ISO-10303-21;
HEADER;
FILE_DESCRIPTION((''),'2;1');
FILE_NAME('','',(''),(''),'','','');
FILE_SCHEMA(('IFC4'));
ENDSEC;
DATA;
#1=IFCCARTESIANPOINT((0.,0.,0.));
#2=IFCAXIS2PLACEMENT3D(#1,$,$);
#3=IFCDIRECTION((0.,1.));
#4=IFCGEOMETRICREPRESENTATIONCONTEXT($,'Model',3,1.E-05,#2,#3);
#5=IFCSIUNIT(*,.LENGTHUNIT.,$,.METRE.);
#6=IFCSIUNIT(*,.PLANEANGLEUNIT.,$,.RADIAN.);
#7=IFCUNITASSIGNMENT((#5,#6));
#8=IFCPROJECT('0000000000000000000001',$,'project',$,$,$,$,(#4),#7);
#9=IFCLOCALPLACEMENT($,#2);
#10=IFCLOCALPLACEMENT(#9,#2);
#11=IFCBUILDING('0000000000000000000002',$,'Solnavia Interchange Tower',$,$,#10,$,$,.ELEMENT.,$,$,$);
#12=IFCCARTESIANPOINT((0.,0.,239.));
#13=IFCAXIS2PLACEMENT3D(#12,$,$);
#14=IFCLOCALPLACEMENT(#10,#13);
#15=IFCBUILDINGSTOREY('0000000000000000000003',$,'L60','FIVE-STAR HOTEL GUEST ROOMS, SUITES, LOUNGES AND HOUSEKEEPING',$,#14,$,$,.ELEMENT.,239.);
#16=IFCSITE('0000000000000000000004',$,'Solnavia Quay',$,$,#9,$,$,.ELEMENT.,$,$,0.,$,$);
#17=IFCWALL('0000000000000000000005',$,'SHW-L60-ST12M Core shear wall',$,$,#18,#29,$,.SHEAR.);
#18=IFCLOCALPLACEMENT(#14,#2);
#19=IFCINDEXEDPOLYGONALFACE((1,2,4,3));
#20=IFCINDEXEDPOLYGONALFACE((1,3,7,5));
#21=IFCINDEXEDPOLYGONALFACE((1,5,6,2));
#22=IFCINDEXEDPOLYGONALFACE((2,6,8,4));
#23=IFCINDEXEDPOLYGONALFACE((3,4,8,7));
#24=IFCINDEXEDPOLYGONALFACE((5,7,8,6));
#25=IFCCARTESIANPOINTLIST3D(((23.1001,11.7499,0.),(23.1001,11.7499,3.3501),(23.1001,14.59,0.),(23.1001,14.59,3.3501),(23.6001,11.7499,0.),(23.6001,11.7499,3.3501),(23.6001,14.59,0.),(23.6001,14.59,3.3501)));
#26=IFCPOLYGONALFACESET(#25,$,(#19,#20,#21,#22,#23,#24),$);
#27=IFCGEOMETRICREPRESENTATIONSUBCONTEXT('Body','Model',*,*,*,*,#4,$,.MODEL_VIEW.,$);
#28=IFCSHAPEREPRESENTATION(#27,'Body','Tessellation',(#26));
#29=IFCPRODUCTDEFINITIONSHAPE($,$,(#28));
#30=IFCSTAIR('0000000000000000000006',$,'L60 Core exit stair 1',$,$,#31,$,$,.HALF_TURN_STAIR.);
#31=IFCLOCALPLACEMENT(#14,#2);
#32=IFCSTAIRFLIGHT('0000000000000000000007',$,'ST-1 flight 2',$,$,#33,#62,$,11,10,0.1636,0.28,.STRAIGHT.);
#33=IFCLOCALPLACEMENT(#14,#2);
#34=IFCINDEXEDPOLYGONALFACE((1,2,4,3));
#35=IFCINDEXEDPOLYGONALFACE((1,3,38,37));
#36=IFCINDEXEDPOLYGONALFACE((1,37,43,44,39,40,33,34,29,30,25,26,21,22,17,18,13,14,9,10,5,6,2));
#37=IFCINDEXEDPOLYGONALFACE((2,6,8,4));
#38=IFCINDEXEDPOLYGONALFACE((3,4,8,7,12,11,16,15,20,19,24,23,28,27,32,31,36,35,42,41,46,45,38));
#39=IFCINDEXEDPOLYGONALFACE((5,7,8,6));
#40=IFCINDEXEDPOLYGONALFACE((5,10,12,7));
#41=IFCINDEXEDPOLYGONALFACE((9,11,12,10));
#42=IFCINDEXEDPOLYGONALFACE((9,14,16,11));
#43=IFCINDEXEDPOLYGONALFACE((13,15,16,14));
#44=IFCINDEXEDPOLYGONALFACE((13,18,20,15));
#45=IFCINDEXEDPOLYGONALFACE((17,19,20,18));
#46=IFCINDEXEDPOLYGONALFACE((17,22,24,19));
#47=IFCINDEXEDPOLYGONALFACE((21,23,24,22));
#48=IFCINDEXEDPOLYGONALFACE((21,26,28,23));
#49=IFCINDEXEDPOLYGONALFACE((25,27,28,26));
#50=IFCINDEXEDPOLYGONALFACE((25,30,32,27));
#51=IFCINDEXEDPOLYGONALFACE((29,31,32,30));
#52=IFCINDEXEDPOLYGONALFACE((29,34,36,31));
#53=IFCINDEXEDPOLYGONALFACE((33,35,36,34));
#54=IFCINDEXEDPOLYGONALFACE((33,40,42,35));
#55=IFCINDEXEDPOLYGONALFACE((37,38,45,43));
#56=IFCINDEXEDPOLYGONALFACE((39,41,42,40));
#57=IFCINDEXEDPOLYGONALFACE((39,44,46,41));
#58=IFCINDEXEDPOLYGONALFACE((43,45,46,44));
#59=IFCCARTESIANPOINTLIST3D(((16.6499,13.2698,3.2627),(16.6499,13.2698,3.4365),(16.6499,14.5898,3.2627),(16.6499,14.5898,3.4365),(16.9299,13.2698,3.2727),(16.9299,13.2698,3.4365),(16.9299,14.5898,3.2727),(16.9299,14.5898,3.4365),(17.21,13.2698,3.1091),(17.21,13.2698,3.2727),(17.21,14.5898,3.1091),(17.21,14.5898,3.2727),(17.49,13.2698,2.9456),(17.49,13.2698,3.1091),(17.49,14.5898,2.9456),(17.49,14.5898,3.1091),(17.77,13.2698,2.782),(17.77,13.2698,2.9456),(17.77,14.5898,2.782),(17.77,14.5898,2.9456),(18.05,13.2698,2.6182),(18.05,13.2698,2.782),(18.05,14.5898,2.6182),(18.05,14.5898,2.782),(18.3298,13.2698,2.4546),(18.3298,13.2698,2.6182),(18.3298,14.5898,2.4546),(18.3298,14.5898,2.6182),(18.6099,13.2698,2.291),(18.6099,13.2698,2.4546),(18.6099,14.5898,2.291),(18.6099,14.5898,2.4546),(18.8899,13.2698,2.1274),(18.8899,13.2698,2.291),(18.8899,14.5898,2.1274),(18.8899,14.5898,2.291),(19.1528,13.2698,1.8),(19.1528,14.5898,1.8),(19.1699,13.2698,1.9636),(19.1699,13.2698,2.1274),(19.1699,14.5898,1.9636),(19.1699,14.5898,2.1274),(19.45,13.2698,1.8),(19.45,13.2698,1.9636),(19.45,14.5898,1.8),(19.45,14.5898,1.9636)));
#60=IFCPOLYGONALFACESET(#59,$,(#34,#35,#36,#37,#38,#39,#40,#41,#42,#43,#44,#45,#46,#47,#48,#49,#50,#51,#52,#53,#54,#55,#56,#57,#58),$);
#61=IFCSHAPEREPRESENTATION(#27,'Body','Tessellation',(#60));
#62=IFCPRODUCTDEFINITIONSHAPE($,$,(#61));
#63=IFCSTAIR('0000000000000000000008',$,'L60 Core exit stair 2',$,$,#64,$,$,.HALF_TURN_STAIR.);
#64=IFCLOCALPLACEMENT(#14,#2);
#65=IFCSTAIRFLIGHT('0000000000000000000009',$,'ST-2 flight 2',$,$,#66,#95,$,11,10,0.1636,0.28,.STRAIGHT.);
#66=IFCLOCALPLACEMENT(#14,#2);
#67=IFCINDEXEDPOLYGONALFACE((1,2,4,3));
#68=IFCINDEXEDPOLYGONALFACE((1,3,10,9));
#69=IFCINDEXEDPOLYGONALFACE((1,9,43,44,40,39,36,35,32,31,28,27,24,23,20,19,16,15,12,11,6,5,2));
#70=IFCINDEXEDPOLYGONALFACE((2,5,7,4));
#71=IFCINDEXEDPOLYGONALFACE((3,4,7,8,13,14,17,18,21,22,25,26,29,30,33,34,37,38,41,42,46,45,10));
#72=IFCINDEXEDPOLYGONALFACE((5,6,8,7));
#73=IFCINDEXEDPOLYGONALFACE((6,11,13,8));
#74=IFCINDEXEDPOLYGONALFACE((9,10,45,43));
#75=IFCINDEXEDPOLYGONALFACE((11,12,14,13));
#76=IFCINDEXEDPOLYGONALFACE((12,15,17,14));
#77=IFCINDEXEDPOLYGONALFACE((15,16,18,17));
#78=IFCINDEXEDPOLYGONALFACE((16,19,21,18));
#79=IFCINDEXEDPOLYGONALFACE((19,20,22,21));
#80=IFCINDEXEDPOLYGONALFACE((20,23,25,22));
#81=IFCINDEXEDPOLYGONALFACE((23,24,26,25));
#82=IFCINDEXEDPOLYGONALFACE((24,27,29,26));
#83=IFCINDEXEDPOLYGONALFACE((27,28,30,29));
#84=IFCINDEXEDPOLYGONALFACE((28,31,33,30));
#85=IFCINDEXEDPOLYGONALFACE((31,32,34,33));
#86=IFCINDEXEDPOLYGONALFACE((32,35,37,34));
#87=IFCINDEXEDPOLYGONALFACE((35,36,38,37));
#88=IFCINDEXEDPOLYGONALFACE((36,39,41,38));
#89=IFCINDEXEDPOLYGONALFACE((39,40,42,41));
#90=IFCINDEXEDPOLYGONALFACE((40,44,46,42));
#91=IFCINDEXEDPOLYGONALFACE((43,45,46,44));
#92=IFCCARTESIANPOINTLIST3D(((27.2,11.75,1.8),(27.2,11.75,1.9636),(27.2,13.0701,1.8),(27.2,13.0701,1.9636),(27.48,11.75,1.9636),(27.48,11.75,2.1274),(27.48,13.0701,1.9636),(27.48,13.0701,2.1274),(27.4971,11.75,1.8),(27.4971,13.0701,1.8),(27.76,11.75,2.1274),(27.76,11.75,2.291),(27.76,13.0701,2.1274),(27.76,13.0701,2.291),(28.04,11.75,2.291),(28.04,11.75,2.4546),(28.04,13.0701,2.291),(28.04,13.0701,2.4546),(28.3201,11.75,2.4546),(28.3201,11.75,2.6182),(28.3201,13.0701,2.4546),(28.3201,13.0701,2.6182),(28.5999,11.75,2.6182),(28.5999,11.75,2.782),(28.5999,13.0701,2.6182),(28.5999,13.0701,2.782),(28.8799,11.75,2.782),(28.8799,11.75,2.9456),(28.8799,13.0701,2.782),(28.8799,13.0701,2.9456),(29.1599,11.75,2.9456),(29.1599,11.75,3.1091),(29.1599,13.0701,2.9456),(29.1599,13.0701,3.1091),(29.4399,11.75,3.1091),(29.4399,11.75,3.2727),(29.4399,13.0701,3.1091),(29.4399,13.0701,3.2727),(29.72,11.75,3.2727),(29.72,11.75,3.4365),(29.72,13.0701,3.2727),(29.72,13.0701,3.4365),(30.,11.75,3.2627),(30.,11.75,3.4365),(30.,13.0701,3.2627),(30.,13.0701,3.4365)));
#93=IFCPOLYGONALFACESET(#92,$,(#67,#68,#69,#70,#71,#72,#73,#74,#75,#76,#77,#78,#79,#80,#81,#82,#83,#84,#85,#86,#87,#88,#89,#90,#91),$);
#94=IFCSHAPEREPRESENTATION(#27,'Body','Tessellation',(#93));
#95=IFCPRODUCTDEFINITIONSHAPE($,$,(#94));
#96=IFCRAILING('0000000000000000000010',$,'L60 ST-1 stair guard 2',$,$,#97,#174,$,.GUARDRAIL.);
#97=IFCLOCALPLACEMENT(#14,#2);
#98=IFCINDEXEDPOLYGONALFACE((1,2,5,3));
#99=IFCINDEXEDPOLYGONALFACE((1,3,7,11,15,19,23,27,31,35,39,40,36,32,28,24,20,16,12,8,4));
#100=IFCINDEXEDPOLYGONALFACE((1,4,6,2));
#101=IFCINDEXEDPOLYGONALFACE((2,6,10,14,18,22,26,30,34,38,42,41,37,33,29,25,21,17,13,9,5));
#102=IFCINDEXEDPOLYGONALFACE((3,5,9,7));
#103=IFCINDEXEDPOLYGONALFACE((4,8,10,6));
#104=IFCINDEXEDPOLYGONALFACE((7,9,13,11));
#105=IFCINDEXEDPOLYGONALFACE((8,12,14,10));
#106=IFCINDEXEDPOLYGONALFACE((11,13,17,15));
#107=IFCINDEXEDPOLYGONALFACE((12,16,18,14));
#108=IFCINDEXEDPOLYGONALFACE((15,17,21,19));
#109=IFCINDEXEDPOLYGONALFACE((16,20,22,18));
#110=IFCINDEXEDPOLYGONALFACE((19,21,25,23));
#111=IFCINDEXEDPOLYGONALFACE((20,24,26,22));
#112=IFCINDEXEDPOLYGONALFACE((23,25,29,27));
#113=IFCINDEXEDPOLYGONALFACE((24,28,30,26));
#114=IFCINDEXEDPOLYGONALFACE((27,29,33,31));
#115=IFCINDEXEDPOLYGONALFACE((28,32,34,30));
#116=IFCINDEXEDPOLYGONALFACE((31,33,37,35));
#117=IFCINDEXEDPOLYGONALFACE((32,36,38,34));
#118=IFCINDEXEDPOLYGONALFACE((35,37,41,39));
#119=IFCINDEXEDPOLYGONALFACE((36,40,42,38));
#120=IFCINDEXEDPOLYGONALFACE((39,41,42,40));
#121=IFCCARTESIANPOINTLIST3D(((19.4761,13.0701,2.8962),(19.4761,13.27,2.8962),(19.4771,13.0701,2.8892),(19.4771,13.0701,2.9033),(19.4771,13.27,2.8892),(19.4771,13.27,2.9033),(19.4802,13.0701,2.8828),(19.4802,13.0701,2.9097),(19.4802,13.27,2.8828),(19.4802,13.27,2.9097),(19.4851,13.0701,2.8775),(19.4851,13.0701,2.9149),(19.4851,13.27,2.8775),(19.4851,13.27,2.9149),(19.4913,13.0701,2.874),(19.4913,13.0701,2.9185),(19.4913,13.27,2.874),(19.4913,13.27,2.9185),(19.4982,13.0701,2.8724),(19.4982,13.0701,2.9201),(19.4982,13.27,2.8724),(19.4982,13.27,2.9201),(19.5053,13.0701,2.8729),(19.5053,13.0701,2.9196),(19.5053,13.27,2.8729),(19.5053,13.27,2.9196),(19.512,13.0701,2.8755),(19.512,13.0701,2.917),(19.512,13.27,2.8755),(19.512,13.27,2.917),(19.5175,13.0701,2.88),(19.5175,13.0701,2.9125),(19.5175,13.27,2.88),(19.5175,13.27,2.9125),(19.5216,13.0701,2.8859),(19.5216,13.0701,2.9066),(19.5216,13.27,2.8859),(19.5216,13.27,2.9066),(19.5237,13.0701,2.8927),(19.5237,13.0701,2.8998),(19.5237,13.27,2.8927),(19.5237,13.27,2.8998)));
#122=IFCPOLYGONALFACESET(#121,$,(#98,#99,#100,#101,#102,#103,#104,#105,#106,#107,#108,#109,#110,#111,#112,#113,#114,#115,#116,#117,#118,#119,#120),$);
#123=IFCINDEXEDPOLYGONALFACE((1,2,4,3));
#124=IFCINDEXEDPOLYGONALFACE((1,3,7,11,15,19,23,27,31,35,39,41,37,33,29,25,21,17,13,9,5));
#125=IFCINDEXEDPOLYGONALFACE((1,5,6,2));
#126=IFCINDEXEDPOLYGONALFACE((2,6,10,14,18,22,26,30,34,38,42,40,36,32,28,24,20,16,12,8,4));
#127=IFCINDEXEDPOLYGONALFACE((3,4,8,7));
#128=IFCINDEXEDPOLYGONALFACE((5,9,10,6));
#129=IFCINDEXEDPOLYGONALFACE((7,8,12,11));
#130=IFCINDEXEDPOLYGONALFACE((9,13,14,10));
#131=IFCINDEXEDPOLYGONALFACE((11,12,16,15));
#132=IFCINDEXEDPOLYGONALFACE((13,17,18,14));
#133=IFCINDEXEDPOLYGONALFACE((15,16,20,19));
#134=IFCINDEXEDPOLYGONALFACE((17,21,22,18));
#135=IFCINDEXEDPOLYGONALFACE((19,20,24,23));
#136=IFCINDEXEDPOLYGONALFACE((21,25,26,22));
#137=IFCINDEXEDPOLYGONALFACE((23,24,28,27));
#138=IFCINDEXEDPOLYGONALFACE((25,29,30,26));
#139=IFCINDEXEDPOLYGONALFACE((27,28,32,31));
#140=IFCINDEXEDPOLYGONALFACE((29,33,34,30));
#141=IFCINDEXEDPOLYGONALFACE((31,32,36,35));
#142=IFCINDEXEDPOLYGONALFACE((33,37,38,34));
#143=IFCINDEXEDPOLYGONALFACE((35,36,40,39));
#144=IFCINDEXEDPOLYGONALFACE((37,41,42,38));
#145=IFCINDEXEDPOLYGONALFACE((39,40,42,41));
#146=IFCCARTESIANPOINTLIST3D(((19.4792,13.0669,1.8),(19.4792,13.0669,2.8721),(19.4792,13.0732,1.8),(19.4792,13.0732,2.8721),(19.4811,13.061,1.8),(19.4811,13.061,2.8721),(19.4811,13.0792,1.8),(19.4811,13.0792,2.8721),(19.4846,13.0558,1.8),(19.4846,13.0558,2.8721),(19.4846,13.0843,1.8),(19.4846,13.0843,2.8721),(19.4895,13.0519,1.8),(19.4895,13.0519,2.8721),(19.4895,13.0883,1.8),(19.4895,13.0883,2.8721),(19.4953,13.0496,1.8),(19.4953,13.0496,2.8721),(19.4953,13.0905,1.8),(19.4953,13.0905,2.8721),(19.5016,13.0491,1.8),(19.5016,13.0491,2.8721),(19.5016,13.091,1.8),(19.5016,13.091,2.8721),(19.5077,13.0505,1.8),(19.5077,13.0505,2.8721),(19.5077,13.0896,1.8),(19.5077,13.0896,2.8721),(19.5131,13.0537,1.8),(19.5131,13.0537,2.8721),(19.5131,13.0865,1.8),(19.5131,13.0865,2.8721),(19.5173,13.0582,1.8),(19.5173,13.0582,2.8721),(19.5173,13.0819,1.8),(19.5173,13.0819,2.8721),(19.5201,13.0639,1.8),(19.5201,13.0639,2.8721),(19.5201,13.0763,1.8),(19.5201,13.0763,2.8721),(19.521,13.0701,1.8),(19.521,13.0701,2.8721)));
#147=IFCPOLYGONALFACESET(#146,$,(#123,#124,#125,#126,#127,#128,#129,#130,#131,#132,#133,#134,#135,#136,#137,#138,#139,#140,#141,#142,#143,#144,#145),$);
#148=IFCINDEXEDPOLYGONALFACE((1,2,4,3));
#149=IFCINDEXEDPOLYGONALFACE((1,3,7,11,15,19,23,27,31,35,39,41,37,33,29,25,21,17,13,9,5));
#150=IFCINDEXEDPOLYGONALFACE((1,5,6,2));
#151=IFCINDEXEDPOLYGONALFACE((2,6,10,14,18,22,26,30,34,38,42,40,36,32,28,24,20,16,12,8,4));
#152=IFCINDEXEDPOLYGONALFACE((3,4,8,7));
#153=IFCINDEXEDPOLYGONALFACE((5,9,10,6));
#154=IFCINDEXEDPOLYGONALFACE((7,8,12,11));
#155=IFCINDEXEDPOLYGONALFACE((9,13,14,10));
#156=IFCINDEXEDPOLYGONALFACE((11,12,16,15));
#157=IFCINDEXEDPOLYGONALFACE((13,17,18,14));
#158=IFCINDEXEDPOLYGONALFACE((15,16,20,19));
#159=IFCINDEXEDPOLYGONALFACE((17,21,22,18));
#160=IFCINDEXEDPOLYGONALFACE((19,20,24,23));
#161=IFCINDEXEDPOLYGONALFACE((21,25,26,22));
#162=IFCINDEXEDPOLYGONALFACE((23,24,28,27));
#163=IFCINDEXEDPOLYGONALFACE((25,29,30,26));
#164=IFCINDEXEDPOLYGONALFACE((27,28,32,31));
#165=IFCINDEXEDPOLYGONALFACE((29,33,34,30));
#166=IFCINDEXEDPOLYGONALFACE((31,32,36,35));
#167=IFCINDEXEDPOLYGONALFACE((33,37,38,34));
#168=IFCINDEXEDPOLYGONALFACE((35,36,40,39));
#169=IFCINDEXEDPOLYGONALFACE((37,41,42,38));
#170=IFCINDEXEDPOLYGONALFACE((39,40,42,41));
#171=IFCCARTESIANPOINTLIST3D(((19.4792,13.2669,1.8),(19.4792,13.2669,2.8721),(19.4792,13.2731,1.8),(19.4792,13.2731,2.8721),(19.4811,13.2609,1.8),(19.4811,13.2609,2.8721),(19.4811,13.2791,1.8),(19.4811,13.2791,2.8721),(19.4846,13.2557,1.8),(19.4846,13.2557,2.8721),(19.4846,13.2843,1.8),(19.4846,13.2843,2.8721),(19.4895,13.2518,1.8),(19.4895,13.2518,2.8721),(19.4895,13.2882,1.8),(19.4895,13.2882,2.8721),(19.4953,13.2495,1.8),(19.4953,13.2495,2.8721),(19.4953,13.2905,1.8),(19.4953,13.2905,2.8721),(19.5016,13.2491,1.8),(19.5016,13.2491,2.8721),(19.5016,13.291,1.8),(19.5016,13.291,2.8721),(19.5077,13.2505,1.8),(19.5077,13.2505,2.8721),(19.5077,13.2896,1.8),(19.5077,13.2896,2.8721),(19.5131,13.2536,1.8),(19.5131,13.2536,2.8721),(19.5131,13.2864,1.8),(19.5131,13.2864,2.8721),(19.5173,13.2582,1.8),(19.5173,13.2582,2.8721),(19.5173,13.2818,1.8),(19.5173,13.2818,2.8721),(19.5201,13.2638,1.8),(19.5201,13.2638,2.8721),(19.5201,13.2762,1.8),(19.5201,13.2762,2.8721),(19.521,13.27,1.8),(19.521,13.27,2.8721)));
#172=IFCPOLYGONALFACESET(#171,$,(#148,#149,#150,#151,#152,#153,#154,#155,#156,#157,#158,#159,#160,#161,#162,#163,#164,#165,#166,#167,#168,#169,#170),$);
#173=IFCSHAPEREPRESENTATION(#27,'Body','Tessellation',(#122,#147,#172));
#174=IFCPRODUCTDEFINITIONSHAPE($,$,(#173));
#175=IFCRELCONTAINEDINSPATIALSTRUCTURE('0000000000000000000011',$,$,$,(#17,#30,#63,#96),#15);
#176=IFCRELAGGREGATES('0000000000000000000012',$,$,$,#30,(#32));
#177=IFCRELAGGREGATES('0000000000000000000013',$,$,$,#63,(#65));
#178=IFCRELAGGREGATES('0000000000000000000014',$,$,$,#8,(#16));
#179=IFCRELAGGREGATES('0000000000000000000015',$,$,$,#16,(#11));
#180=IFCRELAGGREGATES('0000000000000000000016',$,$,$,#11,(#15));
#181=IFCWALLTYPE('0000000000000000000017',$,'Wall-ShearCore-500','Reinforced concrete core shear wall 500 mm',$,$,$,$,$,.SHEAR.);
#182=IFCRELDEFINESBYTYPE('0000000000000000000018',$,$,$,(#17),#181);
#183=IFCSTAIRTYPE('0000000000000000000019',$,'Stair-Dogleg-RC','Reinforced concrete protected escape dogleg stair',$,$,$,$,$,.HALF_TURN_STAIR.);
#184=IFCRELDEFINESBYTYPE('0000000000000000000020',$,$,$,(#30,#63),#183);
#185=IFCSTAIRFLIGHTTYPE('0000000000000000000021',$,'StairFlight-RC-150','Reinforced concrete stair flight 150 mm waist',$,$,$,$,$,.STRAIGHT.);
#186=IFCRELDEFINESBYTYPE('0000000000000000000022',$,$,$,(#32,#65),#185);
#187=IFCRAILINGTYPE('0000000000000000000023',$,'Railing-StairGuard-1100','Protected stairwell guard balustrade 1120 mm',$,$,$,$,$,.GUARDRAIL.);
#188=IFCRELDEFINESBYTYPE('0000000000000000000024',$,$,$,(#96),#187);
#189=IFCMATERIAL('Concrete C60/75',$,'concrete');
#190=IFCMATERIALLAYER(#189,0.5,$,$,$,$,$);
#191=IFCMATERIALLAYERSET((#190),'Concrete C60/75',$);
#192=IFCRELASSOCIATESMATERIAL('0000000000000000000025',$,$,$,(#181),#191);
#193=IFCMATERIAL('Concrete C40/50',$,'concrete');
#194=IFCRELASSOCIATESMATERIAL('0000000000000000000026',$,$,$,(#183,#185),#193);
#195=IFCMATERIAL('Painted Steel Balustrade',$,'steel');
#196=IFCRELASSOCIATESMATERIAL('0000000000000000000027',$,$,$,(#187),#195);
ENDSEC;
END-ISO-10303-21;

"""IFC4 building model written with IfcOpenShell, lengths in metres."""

from ifc_helpers import new_model, si_unit, direction, frame, frame_2d, origin, origin_2d, place, context, subcontext, project, spatial, polyline, rectangle, circle, outline, extrude, material, layer, layer_set, type_object, element, aggregate, save


model = new_model("IFC4")

# Units and contexts
model_context = context("Model", 3, precision=1e-05, world=origin(), true_north=direction((0.0, 1.0)))
body_context = subcontext(model_context, "Body", "Model", "MODEL_VIEW")
ifc_project = project(units=[si_unit("LENGTHUNIT", "METRE"), si_unit("PLANEANGLEUNIT", "RADIAN")], contexts=[model_context])

# Site, building, storey
site_placement = place(None, origin())
site = spatial("IfcSite", under=ifc_project, at=site_placement, Name="Solnavia Quay", CompositionType="ELEMENT", RefElevation=0.0)
building_placement = place(site_placement, origin())
building = spatial("IfcBuilding", under=site, at=building_placement, Name="Solnavia Interchange Tower", CompositionType="ELEMENT")
storey_placement = place(building_placement, frame((0.0, 0.0, 239.0)))
storey = spatial("IfcBuildingStorey", under=building, at=storey_placement, Name="L60", Description="FIVE-STAR HOTEL GUEST ROOMS, SUITES, LOUNGES AND HOUSEKEEPING", CompositionType="ELEMENT", Elevation=239.0)

# Shared definitions
ifc_material_1 = material(Name="Concrete C40/50", Category="concrete")

# Wall
ifc_material_2 = material(Name="Concrete C60/75", Category="concrete")
ifc_layer_1 = layer(ifc_material_2, 0.5)
ifc_layer_set_1 = layer_set([ifc_layer_1], Name="Concrete C60/75")
wall_type_1 = type_object("IfcWallType", Name="Wall-ShearCore-500", Description="Reinforced concrete core shear wall 500 mm", PredefinedType="SHEAR", material=ifc_layer_set_1)
wall_1_placement = place(storey_placement, frame((23.3501, 11.75, 0.0), z_axis=(0.0, 0.0, 1.0), x_axis=(0.0, 1.0, 0.0)))
element("IfcWall", 1, at=wall_1_placement, inside=storey, type_object=wall_type_1, Name="SHW-L60-ST12M Core shear wall", PredefinedType="SHEAR", context=body_context, shape_type="SweptSolid", body=[
    extrude(rectangle(XDim=2.8401, YDim=0.5, at=frame_2d((1.4199, 0.0))), origin(), (0.0, 0.0, 1.0), 3.3501),
])

# Stairs, stair flights
stair_type = type_object("IfcStairType", Name="Stair-Dogleg-RC", Description="Reinforced concrete protected escape dogleg stair", PredefinedType="HALF_TURN_STAIR", material=ifc_material_1)
stair_1_placement = place(storey_placement, origin())
stair_1 = element("IfcStair", 2, at=stair_1_placement, inside=storey, type_object=stair_type, Name="L60 Core exit stair 1", PredefinedType="HALF_TURN_STAIR")
stair_flight_type = type_object("IfcStairFlightType", Name="StairFlight-RC-150", Description="Reinforced concrete stair flight 150 mm waist", PredefinedType="STRAIGHT", material=ifc_material_1)
stair_flight_1_placement = place(storey_placement, frame((19.45, 13.9299, 1.8), z_axis=(0.0, 0.0, 1.0), x_axis=(-1.0, 0.0, 0.0)))
stair_flight_1 = element("IfcStairFlight", 3, at=stair_flight_1_placement, type_object=stair_flight_type, Name="ST-1 flight 2", NumberOfRisers=11, NumberOfTreads=10, PredefinedType="STRAIGHT", RiserHeight=0.1636, TreadLength=0.28, context=body_context, shape_type="SweptSolid", body=[
    extrude(outline(polyline([(0.0, 0.0), (0.0, 0.1636), (0.28, 0.1636), (0.28, 0.3274), (0.5601, 0.3274), (0.5601, 0.491), (0.8401, 0.491), (0.8401, 0.6545), (1.1201, 0.6545), (1.1201, 0.8181), (1.3999, 0.8181), (1.3999, 0.9819), (1.6799, 0.9819), (1.6799, 1.1455), (1.96, 1.1455), (1.96, 1.3091), (2.24, 1.3091), (2.24, 1.4727), (2.52, 1.4727), (2.52, 1.6365), (2.8, 1.6365), (2.8, 1.8), (2.8, 1.4626), (0.2971, 0.0), (0.0, 0.0)])), frame((0.0, 0.6602, 0.0), z_axis=(0.0, -1.0, 0.0), x_axis=(1.0, 0.0, 0.0)), (0.0, 0.0, 1.0), 1.3201),
])
aggregate(stair_1, [stair_flight_1])
stair_2_placement = place(storey_placement, origin())
stair_2 = element("IfcStair", 4, at=stair_2_placement, inside=storey, type_object=stair_type, Name="L60 Core exit stair 2", PredefinedType="HALF_TURN_STAIR")
stair_flight_2_placement = place(storey_placement, frame((27.2, 12.4099, 1.8), z_axis=(0.0, 0.0, 1.0), x_axis=(1.0, 0.0, 0.0)))
stair_flight_2 = element("IfcStairFlight", 5, at=stair_flight_2_placement, type_object=stair_flight_type, Name="ST-2 flight 2", NumberOfRisers=11, NumberOfTreads=10, PredefinedType="STRAIGHT", RiserHeight=0.1636, TreadLength=0.28, context=body_context, shape_type="SweptSolid", body=[
    extrude(outline(polyline([(0.0, 0.0), (0.0, 0.1636), (0.28, 0.1636), (0.28, 0.3274), (0.5601, 0.3274), (0.5601, 0.491), (0.8401, 0.491), (0.8401, 0.6545), (1.1201, 0.6545), (1.1201, 0.8181), (1.3999, 0.8181), (1.3999, 0.9819), (1.6799, 0.9819), (1.6799, 1.1455), (1.96, 1.1455), (1.96, 1.3091), (2.24, 1.3091), (2.24, 1.4727), (2.52, 1.4727), (2.52, 1.6365), (2.8, 1.6365), (2.8, 1.8), (2.8, 1.4626), (0.2971, 0.0), (0.0, 0.0)])), frame((0.0, 0.6602, 0.0), z_axis=(0.0, -1.0, 0.0), x_axis=(1.0, 0.0, 0.0)), (0.0, 0.0, 1.0), 1.3201),
])
aggregate(stair_2, [stair_flight_2])

# Railing
ifc_material_3 = material(Name="Painted Steel Balustrade", Category="steel")
railing_type_1 = type_object("IfcRailingType", Name="Railing-StairGuard-1100", Description="Protected stairwell guard balustrade 1120 mm", PredefinedType="GUARDRAIL", material=ifc_material_3)
railing_1_placement = place(storey_placement, frame((19.5, 13.0701, 1.8)))
element("IfcRailing", 6, at=railing_1_placement, inside=storey, type_object=railing_type_1, Name="L60 ST-1 stair guard 2", PredefinedType="GUARDRAIL", context=body_context, shape_type="SweptSolid", body=[
    extrude(circle(Radius=0.0239, at=origin_2d()), frame((0.0, 0.0, 1.0962), z_axis=(0.0, 1.0, 0.0), x_axis=(-1.0, 0.0, 0.0)), (0.0, 0.0, 1.0), 0.2),
    extrude(circle(Radius=0.021, at=origin_2d()), origin(), (0.0, 0.0, 1.0), 1.072),
    extrude(circle(Radius=0.021, at=origin_2d()), frame((0.0, 0.2, 0.0)), (0.0, 0.0, 1.0), 1.072),
])

save(model, "model.ifc")
